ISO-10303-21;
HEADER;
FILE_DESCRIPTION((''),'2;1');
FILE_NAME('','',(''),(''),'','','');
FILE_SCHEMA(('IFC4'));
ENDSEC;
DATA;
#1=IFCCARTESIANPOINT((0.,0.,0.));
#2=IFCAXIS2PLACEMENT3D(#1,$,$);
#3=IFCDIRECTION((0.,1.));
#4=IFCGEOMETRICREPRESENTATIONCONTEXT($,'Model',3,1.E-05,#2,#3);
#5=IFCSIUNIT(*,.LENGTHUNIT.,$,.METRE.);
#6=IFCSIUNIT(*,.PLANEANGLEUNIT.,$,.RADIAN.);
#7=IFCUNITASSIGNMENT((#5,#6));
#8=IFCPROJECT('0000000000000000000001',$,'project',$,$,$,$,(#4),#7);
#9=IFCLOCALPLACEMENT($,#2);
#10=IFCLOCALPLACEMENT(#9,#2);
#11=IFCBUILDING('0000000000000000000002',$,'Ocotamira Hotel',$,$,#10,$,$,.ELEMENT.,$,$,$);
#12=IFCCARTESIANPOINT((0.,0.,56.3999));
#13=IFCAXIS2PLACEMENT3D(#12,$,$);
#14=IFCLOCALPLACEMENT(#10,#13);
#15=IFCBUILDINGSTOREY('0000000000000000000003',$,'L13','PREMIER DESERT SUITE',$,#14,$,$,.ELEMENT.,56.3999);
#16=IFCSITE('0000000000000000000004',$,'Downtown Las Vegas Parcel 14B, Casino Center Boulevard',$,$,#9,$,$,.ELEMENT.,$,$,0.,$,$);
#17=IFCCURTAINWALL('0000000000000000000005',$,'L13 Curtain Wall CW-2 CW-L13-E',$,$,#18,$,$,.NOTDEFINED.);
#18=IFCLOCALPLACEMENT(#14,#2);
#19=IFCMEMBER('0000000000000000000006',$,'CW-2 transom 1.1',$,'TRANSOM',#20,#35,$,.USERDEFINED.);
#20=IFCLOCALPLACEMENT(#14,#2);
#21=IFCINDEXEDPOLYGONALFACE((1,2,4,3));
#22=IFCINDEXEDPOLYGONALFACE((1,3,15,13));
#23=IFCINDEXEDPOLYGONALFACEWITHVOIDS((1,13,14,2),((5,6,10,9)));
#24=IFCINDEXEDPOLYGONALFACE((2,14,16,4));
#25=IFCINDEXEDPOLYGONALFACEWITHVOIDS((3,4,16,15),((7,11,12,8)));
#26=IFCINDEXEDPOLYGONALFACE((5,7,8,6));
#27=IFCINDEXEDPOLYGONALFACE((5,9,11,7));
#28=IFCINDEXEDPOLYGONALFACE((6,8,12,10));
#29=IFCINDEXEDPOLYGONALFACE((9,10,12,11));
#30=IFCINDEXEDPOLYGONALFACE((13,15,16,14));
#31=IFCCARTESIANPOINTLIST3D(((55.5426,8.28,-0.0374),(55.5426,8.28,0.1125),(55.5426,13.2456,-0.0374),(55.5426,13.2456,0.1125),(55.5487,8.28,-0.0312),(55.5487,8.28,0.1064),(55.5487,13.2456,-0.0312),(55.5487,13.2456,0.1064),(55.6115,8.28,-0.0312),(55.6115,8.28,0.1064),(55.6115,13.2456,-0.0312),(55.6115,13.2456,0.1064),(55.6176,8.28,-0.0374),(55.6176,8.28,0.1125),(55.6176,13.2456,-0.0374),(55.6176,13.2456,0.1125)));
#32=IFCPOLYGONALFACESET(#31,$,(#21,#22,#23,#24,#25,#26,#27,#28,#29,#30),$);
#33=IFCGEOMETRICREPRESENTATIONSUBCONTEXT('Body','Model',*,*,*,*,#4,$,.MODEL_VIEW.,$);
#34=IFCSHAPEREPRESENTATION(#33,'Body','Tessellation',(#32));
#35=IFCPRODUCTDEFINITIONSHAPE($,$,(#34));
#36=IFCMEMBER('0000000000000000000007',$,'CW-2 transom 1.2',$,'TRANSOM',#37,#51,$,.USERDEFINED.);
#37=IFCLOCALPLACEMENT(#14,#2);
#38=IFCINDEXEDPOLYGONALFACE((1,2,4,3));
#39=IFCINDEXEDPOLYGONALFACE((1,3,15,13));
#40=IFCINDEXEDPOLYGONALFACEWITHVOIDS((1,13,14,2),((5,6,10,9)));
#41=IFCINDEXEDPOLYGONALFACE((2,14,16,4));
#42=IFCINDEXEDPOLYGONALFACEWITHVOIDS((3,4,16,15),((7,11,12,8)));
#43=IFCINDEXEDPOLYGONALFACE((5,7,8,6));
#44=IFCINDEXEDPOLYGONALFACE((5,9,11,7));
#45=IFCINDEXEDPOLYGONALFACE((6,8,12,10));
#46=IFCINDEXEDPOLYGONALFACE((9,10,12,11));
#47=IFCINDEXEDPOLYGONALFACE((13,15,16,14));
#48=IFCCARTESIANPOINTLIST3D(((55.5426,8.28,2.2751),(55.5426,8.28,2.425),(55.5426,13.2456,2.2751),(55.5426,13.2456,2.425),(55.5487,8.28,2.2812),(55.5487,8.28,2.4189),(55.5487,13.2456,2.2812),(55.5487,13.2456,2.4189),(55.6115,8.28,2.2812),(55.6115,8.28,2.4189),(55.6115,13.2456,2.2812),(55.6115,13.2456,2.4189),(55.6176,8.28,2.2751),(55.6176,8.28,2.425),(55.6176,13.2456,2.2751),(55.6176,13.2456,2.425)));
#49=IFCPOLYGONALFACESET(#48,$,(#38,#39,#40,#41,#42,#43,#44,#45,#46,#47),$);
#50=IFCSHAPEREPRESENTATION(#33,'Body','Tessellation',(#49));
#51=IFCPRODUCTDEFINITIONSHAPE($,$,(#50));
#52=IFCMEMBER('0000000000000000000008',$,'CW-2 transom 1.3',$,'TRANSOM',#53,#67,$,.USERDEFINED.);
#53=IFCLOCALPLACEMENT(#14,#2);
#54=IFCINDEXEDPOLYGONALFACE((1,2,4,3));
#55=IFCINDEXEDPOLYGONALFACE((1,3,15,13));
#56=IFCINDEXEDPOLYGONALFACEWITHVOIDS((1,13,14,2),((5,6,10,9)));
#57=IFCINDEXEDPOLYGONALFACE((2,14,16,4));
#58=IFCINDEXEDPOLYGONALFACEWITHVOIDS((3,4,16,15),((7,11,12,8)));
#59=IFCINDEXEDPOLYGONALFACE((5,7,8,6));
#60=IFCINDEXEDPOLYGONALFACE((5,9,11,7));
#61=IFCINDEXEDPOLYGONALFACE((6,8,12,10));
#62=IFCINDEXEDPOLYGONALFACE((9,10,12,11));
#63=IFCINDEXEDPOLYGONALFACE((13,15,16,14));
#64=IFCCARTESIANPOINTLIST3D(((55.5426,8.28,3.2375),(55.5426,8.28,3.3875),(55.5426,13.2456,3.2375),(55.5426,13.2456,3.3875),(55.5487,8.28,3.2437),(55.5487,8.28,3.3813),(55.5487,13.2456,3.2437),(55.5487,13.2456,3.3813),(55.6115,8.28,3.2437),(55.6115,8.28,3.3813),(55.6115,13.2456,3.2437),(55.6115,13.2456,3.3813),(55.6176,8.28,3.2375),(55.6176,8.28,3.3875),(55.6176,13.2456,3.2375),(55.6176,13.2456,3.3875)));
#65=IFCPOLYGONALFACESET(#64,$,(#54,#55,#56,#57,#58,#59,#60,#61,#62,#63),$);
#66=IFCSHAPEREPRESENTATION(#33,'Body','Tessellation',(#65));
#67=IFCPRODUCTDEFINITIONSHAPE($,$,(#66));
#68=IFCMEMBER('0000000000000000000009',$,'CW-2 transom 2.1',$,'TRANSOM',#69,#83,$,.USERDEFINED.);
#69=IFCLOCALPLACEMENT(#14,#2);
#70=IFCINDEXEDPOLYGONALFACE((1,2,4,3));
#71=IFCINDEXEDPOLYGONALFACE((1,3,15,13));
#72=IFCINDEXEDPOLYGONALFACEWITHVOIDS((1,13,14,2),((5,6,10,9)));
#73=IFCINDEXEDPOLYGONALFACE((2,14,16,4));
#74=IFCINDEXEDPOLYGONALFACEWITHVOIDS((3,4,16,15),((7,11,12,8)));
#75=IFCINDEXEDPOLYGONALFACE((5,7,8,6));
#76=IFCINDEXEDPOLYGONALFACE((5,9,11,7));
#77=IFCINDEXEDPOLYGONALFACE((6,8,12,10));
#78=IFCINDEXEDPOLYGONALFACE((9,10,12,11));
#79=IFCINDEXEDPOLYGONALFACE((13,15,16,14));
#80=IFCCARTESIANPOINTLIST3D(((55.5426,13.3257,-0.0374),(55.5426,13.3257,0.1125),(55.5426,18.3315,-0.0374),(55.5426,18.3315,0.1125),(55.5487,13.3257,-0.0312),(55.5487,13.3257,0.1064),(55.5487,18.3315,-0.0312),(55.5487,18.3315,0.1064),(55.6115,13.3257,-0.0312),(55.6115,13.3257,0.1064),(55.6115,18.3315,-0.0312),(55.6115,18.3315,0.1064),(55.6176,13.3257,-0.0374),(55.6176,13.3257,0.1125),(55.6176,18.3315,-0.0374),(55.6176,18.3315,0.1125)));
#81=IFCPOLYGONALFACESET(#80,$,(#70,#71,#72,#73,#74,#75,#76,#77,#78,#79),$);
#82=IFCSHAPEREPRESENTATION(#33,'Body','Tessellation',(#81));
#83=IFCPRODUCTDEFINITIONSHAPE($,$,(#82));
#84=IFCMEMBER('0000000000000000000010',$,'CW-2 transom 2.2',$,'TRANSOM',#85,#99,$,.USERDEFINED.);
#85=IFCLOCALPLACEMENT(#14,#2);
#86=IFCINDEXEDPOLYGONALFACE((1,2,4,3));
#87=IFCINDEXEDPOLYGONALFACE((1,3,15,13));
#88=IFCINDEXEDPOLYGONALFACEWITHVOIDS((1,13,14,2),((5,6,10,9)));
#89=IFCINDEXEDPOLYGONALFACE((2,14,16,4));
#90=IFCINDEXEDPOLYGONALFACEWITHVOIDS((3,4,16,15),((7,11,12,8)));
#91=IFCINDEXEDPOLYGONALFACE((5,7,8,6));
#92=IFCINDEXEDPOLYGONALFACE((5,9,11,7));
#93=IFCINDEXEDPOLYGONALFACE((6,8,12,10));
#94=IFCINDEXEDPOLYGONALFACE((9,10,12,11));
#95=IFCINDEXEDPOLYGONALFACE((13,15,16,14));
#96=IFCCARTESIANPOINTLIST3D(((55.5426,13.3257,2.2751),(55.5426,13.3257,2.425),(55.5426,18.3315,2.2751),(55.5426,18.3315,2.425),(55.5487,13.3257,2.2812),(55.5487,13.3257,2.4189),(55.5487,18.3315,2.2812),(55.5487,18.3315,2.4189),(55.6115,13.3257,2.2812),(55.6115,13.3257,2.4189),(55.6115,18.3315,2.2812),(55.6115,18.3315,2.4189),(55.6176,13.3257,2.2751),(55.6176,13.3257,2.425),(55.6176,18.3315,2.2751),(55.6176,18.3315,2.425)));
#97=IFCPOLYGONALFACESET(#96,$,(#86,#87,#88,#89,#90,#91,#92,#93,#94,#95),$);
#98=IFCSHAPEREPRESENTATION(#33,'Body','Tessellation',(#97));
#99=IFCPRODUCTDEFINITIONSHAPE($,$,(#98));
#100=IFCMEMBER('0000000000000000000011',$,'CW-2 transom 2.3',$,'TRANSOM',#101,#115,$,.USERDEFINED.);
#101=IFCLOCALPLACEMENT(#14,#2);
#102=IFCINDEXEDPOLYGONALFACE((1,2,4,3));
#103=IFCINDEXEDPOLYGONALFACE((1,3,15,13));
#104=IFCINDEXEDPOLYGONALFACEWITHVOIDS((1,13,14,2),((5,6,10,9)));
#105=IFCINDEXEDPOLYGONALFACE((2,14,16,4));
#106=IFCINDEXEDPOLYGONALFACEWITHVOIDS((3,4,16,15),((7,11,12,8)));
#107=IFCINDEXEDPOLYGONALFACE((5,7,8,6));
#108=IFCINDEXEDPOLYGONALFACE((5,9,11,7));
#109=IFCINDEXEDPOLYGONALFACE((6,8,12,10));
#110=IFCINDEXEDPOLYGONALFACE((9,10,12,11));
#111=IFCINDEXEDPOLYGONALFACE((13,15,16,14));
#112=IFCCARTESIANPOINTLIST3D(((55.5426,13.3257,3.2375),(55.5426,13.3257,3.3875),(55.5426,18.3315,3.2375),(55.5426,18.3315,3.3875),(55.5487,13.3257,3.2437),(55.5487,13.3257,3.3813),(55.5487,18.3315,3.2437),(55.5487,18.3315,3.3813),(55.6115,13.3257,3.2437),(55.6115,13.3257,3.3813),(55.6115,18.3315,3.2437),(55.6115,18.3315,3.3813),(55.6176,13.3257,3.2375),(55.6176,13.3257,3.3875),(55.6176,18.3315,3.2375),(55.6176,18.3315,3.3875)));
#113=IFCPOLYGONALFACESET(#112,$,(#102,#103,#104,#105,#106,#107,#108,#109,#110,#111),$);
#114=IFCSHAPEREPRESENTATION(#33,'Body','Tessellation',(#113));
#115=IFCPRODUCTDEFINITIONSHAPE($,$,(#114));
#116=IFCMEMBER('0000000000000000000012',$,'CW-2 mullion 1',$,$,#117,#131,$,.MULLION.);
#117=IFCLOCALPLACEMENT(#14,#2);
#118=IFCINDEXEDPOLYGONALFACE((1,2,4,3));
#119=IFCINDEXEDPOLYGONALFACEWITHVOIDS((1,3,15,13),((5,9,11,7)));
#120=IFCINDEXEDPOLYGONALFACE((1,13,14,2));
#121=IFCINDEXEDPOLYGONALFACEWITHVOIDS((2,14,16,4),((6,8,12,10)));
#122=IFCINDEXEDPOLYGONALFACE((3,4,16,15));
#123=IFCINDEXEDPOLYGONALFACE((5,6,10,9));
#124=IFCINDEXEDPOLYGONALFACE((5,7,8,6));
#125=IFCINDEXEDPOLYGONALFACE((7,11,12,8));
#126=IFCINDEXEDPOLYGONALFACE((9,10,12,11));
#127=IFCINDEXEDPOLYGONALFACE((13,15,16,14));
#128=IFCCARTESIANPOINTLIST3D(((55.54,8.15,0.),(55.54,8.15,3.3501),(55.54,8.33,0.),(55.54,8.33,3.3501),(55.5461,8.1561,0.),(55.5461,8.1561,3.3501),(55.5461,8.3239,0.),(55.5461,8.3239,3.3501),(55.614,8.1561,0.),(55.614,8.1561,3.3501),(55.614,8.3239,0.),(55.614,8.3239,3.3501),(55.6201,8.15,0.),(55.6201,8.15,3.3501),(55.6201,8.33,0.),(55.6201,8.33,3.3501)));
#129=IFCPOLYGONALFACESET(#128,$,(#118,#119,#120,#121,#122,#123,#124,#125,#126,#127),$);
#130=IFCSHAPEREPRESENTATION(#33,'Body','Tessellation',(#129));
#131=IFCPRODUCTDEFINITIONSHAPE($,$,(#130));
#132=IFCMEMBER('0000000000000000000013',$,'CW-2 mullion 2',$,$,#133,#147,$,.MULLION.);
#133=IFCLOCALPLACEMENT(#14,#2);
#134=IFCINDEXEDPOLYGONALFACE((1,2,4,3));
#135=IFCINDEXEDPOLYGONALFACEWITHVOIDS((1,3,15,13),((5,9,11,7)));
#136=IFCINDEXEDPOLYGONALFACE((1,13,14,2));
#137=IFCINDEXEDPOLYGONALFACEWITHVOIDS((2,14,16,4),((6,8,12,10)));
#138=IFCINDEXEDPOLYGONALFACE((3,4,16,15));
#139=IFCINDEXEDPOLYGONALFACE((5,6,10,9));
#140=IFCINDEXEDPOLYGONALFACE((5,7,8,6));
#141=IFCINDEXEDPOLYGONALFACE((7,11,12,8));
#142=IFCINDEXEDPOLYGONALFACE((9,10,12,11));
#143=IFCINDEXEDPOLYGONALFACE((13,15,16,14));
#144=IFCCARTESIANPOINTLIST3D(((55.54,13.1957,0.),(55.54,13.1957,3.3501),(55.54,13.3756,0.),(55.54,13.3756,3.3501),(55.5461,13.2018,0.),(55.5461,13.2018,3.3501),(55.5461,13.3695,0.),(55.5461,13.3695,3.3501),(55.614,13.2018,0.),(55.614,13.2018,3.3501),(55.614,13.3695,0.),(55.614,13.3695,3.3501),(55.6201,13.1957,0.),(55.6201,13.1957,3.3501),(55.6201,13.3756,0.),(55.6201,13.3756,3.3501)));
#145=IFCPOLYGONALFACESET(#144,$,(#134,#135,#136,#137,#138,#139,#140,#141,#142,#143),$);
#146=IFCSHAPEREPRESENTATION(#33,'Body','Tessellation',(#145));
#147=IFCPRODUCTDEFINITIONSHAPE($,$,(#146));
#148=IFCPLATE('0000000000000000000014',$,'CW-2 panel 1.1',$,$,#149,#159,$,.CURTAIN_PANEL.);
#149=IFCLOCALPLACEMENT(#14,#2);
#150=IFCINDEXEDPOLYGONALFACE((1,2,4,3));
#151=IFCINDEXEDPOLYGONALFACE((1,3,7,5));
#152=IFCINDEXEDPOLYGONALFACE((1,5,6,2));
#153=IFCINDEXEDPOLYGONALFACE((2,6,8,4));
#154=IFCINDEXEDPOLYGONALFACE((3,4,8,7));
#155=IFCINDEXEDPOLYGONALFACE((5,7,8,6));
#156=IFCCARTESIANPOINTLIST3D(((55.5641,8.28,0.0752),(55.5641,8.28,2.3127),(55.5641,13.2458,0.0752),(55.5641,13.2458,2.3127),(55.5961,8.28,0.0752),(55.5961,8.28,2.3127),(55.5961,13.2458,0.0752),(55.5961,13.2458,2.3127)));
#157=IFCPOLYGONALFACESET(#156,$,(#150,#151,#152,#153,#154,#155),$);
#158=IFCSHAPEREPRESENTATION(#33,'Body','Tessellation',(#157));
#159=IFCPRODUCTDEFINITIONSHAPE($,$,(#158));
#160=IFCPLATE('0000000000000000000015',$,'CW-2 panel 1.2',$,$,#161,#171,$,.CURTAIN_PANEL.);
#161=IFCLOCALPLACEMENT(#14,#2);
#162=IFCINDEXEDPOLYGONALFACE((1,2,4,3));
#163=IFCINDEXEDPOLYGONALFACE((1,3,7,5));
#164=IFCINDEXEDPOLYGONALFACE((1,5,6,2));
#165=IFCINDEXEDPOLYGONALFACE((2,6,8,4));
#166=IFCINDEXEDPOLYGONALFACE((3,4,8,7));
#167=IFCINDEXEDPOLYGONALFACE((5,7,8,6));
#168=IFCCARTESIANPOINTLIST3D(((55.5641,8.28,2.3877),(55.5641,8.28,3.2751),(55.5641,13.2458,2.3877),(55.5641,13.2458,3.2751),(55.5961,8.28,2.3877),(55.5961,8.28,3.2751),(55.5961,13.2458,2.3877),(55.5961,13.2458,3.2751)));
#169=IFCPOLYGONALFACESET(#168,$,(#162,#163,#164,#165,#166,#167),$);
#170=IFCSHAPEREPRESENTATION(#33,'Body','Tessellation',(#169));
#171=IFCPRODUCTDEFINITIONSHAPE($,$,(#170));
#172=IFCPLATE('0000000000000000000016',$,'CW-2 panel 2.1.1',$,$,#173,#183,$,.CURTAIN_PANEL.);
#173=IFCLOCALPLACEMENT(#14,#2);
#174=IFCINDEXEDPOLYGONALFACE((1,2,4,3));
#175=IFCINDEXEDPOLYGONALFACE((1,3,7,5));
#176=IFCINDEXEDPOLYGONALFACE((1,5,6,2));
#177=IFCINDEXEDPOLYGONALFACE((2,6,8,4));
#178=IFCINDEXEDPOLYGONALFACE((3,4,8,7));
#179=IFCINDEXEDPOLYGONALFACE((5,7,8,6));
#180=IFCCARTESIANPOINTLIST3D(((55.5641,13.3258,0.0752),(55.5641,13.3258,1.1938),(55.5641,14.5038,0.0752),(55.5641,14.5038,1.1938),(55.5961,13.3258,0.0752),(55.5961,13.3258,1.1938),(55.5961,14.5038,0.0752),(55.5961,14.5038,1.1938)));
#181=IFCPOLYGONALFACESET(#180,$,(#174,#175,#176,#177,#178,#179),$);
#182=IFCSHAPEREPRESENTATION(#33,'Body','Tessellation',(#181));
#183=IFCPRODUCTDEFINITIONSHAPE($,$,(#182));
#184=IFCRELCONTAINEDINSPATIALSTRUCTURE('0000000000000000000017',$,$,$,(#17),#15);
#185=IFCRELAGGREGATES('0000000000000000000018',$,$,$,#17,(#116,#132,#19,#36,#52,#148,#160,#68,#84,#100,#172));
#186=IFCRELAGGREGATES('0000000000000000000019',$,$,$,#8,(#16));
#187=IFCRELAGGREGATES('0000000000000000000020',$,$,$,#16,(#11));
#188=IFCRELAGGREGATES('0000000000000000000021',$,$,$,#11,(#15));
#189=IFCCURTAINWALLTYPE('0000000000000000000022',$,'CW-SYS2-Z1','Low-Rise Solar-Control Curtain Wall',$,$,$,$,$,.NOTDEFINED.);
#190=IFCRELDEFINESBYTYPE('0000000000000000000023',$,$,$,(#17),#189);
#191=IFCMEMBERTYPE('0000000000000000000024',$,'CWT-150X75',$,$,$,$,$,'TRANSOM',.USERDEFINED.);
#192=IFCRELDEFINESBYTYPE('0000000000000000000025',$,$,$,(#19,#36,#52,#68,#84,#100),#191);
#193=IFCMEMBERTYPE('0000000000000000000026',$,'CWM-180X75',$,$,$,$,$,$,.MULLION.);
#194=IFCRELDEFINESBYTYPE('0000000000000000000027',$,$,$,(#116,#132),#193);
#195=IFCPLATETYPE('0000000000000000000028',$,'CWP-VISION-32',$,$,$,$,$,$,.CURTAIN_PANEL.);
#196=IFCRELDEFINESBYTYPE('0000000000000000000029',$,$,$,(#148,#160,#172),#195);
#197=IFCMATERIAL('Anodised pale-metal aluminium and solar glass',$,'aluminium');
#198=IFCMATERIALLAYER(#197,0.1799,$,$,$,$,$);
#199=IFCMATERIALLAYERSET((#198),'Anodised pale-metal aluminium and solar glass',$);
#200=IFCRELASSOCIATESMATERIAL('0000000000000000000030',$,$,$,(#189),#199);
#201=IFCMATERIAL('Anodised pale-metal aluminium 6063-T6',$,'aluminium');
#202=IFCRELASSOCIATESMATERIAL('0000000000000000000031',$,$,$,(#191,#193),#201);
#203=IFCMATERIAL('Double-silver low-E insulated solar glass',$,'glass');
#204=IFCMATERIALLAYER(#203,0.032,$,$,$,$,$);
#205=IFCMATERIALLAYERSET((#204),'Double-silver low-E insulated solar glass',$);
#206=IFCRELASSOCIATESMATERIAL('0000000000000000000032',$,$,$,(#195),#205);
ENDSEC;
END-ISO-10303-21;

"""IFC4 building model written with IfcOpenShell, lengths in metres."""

from ifc_helpers import new_model, si_unit, direction, frame, origin, origin_2d, place, context, subcontext, project, spatial, rectangle, hollow_rectangle, extrude, source, transform, mapped, material, layer, layer_set, material_profile, profile_set, type_object, element, aggregate, save


model = new_model("IFC4")

# Units and contexts
model_context = context("Model", 3, precision=1e-05, world=origin(), true_north=direction((0.0, 1.0)))
body_context = subcontext(model_context, "Body", "Model", "MODEL_VIEW")
ifc_project = project(units=[si_unit("LENGTHUNIT", "METRE"), si_unit("PLANEANGLEUNIT", "RADIAN")], contexts=[model_context])

# Site, building, storey
site_placement = place(None, origin())
site = spatial("IfcSite", under=ifc_project, at=site_placement, Name="Downtown Las Vegas Parcel 14B, Casino Center Boulevard", CompositionType="ELEMENT", RefElevation=0.0)
building_placement = place(site_placement, origin())
building = spatial("IfcBuilding", under=site, at=building_placement, Name="Ocotamira Hotel", CompositionType="ELEMENT")
storey_placement = place(building_placement, frame((0.0, 0.0, 56.3999)))
storey = spatial("IfcBuildingStorey", under=building, at=storey_placement, Name="L13", Description="PREMIER DESERT SUITE", CompositionType="ELEMENT", Elevation=56.3999)

# Curtain wall, members, plates
ifc_material_1 = material(Name="Anodised pale-metal aluminium and solar glass", Category="aluminium")
ifc_layer_1 = layer(ifc_material_1, 0.1799)
ifc_layer_set_1 = layer_set([ifc_layer_1], Name="Anodised pale-metal aluminium and solar glass")
curtain_wall_type = type_object("IfcCurtainWallType", Name="CW-SYS2-Z1", Description="Low-Rise Solar-Control Curtain Wall", PredefinedType="NOTDEFINED", material=ifc_layer_set_1)
curtain_wall_placement = place(storey_placement, origin())
curtain_wall = element("IfcCurtainWall", 1, at=curtain_wall_placement, inside=storey, type_object=curtain_wall_type, Name="L13 Curtain Wall CW-2 CW-L13-E", PredefinedType="NOTDEFINED")
ifc_material_2 = material(Name="Anodised pale-metal aluminium 6063-T6", Category="aluminium")
ifc_material_profile_1 = material_profile(ifc_material_2, hollow_rectangle(XDim=0.075, YDim=0.1499, WallThickness=0.0061, at=origin_2d()), Name="HSS150X75X6")
ifc_profile_set_1 = profile_set([ifc_material_profile_1], Name="Anodised pale-metal aluminium 6063-T6")
member_type_1 = type_object("IfcMemberType", Name="CWT-150X75", ElementType="TRANSOM", PredefinedType="USERDEFINED", material=ifc_profile_set_1)
shared_shape_1 = source(origin(), body_context, "Body", "SweptSolid", [
    extrude(hollow_rectangle(XDim=0.075, YDim=0.1499, WallThickness=0.0061, at=origin_2d()), origin(), (0.0, 0.0, 1.0), 4.9656),
])
member_1_placement = place(storey_placement, frame((55.5801, 8.28, 0.0376), z_axis=(0.0, 1.0, 0.0), x_axis=(-1.0, 0.0, 0.0)))
member_1 = element("IfcMember", 2, at=member_1_placement, type_object=member_type_1, Name="CW-2 transom 1.1", ObjectType="TRANSOM", PredefinedType="USERDEFINED", context=body_context, shape_type="MappedRepresentation", body=[
    mapped(shared_shape_1, transform((0.0, 0.0, 0.0), scale=1.0)),
])
member_2_placement = place(storey_placement, frame((55.5801, 8.28, 2.3501), z_axis=(0.0, 1.0, 0.0), x_axis=(-1.0, 0.0, 0.0)))
member_2 = element("IfcMember", 3, at=member_2_placement, type_object=member_type_1, Name="CW-2 transom 1.2", ObjectType="TRANSOM", PredefinedType="USERDEFINED", context=body_context, shape_type="MappedRepresentation", body=[
    mapped(shared_shape_1, transform((0.0, 0.0, 0.0), scale=1.0)),
])
member_3_placement = place(storey_placement, frame((55.5801, 8.28, 3.3125), z_axis=(0.0, 1.0, 0.0), x_axis=(-1.0, 0.0, 0.0)))
member_3 = element("IfcMember", 4, at=member_3_placement, type_object=member_type_1, Name="CW-2 transom 1.3", ObjectType="TRANSOM", PredefinedType="USERDEFINED", context=body_context, shape_type="MappedRepresentation", body=[
    mapped(shared_shape_1, transform((0.0, 0.0, 0.0), scale=1.0)),
])
shared_shape_2 = source(origin(), body_context, "Body", "SweptSolid", [
    extrude(hollow_rectangle(XDim=0.075, YDim=0.1499, WallThickness=0.0061, at=origin_2d()), origin(), (0.0, 0.0, 1.0), 5.0059),
])
member_4_placement = place(storey_placement, frame((55.5801, 13.3257, 0.0376), z_axis=(0.0, 1.0, 0.0), x_axis=(-1.0, 0.0, 0.0)))
member_4 = element("IfcMember", 5, at=member_4_placement, type_object=member_type_1, Name="CW-2 transom 2.1", ObjectType="TRANSOM", PredefinedType="USERDEFINED", context=body_context, shape_type="MappedRepresentation", body=[
    mapped(shared_shape_2, transform((0.0, 0.0, 0.0), scale=1.0)),
])
member_5_placement = place(storey_placement, frame((55.5801, 13.3257, 2.3501), z_axis=(0.0, 1.0, 0.0), x_axis=(-1.0, 0.0, 0.0)))
member_5 = element("IfcMember", 6, at=member_5_placement, type_object=member_type_1, Name="CW-2 transom 2.2", ObjectType="TRANSOM", PredefinedType="USERDEFINED", context=body_context, shape_type="MappedRepresentation", body=[
    mapped(shared_shape_2, transform((0.0, 0.0, 0.0), scale=1.0)),
])
member_6_placement = place(storey_placement, frame((55.5801, 13.3257, 3.3125), z_axis=(0.0, 1.0, 0.0), x_axis=(-1.0, 0.0, 0.0)))
member_6 = element("IfcMember", 7, at=member_6_placement, type_object=member_type_1, Name="CW-2 transom 2.3", ObjectType="TRANSOM", PredefinedType="USERDEFINED", context=body_context, shape_type="MappedRepresentation", body=[
    mapped(shared_shape_2, transform((0.0, 0.0, 0.0), scale=1.0)),
])
ifc_material_profile_2 = material_profile(ifc_material_2, hollow_rectangle(XDim=0.0801, YDim=0.1799, WallThickness=0.0061, at=origin_2d()), Name="HSS180X80X6")
ifc_profile_set_2 = profile_set([ifc_material_profile_2], Name="Anodised pale-metal aluminium 6063-T6")
member_type_2 = type_object("IfcMemberType", Name="CWM-180X75", PredefinedType="MULLION", material=ifc_profile_set_2)
shared_shape_3 = source(origin(), body_context, "Body", "SweptSolid", [
    extrude(hollow_rectangle(XDim=0.0801, YDim=0.1799, WallThickness=0.0061, at=origin_2d()), origin(), (0.0, 0.0, 1.0), 3.3501),
])
member_7_placement = place(storey_placement, frame((55.5801, 8.24, 0.0), z_axis=(0.0, 0.0, 1.0), x_axis=(-1.0, 0.0, 0.0)))
member_7 = element("IfcMember", 8, at=member_7_placement, type_object=member_type_2, Name="CW-2 mullion 1", PredefinedType="MULLION", context=body_context, shape_type="MappedRepresentation", body=[
    mapped(shared_shape_3, transform((0.0, 0.0, 0.0), scale=1.0)),
])
member_8_placement = place(storey_placement, frame((55.5801, 13.2856, 0.0), z_axis=(0.0, 0.0, 1.0), x_axis=(-1.0, 0.0, 0.0)))
member_8 = element("IfcMember", 9, at=member_8_placement, type_object=member_type_2, Name="CW-2 mullion 2", PredefinedType="MULLION", context=body_context, shape_type="MappedRepresentation", body=[
    mapped(shared_shape_3, transform((0.0, 0.0, 0.0), scale=1.0)),
])
ifc_material_3 = material(Name="Double-silver low-E insulated solar glass", Category="glass")
ifc_layer_2 = layer(ifc_material_3, 0.032)
ifc_layer_set_2 = layer_set([ifc_layer_2], Name="Double-silver low-E insulated solar glass")
plate_type = type_object("IfcPlateType", Name="CWP-VISION-32", PredefinedType="CURTAIN_PANEL", material=ifc_layer_set_2)
shared_shape_4 = source(origin(), body_context, "Body", "SweptSolid", [
    extrude(rectangle(XDim=4.9658, YDim=0.032, at=origin_2d()), origin(), (0.0, 0.0, 1.0), 2.2375),
])
plate_1_placement = place(storey_placement, frame((55.5801, 10.7629, 0.0752), z_axis=(0.0, 0.0, 1.0), x_axis=(0.0, 1.0, 0.0)))
plate_1 = element("IfcPlate", 10, at=plate_1_placement, type_object=plate_type, Name="CW-2 panel 1.1", PredefinedType="CURTAIN_PANEL", context=body_context, shape_type="MappedRepresentation", body=[
    mapped(shared_shape_4, transform((0.0, 0.0, 0.0), scale=1.0)),
])
shared_shape_5 = source(origin(), body_context, "Body", "SweptSolid", [
    extrude(rectangle(XDim=4.9658, YDim=0.032, at=origin_2d()), origin(), (0.0, 0.0, 1.0), 0.8875),
])
plate_2_placement = place(storey_placement, frame((55.5801, 10.7629, 2.3877), z_axis=(0.0, 0.0, 1.0), x_axis=(0.0, 1.0, 0.0)))
plate_2 = element("IfcPlate", 11, at=plate_2_placement, type_object=plate_type, Name="CW-2 panel 1.2", PredefinedType="CURTAIN_PANEL", context=body_context, shape_type="MappedRepresentation", body=[
    mapped(shared_shape_5, transform((0.0, 0.0, 0.0), scale=1.0)),
])
shared_shape_6 = source(origin(), body_context, "Body", "SweptSolid", [
    extrude(rectangle(XDim=1.178, YDim=0.032, at=origin_2d()), origin(), (0.0, 0.0, 1.0), 1.1187),
])
plate_3_placement = place(storey_placement, frame((55.5801, 13.9148, 0.0752), z_axis=(0.0, 0.0, 1.0), x_axis=(0.0, 1.0, 0.0)))
plate_3 = element("IfcPlate", 12, at=plate_3_placement, type_object=plate_type, Name="CW-2 panel 2.1.1", PredefinedType="CURTAIN_PANEL", context=body_context, shape_type="MappedRepresentation", body=[
    mapped(shared_shape_6, transform((0.0, 0.0, 0.0), scale=1.0)),
])
aggregate(curtain_wall, [member_7, member_8, member_1, member_2, member_3, plate_1, plate_2, member_4, member_5, member_6, plate_3])

save(model, "model.ifc")
